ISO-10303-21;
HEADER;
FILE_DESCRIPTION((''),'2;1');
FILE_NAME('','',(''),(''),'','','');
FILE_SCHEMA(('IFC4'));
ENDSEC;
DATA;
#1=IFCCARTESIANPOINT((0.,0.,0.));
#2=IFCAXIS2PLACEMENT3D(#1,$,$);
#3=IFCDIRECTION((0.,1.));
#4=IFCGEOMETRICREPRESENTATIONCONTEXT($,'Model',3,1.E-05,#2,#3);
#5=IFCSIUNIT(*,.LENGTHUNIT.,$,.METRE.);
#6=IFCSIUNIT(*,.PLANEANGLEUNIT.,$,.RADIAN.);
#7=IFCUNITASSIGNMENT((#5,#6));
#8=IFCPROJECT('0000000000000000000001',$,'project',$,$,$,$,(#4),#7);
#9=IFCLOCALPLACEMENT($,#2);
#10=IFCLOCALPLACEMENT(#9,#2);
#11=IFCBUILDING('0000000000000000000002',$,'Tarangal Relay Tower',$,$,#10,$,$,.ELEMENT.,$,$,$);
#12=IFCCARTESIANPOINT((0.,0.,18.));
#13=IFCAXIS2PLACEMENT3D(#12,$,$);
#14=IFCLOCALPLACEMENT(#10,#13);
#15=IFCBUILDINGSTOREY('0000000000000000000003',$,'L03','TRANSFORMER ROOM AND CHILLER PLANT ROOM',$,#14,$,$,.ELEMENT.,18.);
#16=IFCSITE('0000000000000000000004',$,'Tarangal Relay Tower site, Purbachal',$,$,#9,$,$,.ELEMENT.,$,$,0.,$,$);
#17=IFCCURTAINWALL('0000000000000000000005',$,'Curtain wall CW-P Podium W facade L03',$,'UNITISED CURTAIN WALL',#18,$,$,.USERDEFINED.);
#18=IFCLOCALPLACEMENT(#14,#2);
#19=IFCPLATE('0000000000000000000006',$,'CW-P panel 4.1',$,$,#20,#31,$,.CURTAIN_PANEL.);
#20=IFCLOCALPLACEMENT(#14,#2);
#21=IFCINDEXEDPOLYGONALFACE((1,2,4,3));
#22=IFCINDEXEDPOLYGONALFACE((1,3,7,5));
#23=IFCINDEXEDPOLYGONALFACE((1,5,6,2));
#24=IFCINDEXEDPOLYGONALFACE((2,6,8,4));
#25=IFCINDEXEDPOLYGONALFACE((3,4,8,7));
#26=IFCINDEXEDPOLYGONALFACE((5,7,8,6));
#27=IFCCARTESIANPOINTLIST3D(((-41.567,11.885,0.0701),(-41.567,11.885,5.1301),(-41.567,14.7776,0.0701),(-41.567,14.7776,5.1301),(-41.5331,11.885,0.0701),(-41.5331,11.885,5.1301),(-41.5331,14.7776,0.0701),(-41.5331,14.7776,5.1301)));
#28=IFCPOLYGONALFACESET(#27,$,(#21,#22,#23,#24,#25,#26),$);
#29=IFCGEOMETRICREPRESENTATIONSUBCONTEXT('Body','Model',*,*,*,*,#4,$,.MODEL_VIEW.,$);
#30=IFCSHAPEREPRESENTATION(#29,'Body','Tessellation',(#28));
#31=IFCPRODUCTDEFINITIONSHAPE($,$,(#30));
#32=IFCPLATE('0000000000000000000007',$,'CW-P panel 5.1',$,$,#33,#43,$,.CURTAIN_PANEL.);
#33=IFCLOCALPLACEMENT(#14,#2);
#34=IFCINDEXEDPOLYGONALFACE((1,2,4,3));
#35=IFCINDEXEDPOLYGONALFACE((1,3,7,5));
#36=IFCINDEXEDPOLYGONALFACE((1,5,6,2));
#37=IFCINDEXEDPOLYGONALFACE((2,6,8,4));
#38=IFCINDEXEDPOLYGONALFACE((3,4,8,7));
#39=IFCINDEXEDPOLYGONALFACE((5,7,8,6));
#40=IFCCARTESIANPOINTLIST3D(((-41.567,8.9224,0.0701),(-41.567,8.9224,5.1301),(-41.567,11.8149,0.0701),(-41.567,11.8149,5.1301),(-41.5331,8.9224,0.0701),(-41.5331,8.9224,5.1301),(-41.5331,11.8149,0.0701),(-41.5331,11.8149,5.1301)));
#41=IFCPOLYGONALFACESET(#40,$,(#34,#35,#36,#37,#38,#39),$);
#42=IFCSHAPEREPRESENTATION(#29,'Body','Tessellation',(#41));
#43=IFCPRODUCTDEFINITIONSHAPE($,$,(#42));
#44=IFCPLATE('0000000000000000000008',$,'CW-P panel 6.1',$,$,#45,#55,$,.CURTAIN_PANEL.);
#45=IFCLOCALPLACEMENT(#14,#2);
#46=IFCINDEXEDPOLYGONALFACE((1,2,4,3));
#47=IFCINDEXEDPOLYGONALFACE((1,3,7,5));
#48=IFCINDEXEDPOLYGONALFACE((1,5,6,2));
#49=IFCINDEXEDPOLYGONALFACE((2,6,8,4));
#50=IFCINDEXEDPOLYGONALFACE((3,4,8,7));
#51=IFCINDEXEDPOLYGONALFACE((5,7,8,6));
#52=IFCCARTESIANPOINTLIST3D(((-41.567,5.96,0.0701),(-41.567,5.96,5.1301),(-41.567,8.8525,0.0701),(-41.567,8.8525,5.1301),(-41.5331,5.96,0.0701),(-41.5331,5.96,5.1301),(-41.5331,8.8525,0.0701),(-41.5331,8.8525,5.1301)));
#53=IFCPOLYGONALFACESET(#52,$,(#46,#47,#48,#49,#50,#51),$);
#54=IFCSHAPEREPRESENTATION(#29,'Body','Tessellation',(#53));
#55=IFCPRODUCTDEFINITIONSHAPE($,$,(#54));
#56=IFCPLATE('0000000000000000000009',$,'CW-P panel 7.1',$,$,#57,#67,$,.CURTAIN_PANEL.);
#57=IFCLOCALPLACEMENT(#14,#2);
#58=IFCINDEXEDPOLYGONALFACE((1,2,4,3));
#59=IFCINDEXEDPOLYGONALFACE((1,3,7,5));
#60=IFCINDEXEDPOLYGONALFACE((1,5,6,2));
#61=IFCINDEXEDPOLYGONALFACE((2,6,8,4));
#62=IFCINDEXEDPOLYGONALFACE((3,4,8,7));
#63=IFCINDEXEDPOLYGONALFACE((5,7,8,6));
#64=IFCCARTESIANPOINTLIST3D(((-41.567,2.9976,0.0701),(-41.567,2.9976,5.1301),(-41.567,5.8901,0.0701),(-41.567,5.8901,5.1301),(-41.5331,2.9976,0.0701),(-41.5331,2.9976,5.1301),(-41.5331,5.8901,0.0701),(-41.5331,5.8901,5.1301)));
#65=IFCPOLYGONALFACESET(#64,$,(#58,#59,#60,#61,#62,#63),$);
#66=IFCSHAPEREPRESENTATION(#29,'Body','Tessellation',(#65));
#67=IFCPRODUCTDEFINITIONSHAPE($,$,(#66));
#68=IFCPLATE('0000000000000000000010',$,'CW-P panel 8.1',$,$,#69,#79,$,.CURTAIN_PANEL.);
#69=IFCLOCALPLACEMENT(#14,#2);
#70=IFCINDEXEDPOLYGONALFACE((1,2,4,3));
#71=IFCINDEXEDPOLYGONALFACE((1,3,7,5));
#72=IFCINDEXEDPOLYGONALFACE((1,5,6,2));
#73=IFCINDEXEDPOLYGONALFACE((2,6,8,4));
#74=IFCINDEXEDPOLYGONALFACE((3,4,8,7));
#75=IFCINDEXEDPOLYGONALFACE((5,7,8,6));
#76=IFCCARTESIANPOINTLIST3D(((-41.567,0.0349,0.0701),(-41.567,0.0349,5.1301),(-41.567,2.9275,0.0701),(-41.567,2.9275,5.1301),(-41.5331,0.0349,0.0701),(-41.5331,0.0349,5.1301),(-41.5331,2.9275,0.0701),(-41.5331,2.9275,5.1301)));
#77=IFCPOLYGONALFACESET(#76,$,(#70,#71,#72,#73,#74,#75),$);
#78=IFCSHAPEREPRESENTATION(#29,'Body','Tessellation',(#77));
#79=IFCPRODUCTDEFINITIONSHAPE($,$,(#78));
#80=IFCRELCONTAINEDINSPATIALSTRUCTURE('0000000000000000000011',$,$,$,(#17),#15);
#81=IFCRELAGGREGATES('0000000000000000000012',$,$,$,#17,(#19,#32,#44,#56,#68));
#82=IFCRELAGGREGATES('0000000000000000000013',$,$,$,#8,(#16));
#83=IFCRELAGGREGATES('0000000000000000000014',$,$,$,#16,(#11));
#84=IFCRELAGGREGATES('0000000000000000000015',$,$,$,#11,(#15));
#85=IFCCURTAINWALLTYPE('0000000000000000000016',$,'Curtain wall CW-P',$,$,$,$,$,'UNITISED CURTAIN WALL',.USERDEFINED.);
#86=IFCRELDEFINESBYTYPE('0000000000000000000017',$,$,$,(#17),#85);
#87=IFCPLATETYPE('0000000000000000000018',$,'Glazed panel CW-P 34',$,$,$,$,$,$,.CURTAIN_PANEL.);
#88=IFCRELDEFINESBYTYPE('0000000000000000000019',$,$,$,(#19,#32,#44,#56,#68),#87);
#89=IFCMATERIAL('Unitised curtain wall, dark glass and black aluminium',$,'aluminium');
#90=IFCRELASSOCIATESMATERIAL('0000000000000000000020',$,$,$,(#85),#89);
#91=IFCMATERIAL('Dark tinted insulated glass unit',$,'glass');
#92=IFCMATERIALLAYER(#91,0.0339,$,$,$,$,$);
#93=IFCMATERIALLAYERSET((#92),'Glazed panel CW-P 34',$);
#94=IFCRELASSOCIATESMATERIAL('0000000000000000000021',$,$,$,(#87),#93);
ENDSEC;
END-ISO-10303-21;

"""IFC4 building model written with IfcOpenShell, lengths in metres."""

from ifc_helpers import new_model, si_unit, direction, frame, origin, origin_2d, place, context, subcontext, project, spatial, rectangle, extrude, material, layer, layer_set, type_object, element, aggregate, save


model = new_model("IFC4")

# Units and contexts
model_context = context("Model", 3, precision=1e-05, world=origin(), true_north=direction((0.0, 1.0)))
body_context = subcontext(model_context, "Body", "Model", "MODEL_VIEW")
ifc_project = project(units=[si_unit("LENGTHUNIT", "METRE"), si_unit("PLANEANGLEUNIT", "RADIAN")], contexts=[model_context])

# Site, building, storey
site_placement = place(None, origin())
site = spatial("IfcSite", under=ifc_project, at=site_placement, Name="Tarangal Relay Tower site, Purbachal", CompositionType="ELEMENT", RefElevation=0.0)
building_placement = place(site_placement, origin())
building = spatial("IfcBuilding", under=site, at=building_placement, Name="Tarangal Relay Tower", CompositionType="ELEMENT")
storey_placement = place(building_placement, frame((0.0, 0.0, 18.0)))
storey = spatial("IfcBuildingStorey", under=building, at=storey_placement, Name="L03", Description="TRANSFORMER ROOM AND CHILLER PLANT ROOM", CompositionType="ELEMENT", Elevation=18.0)

# Curtain wall, plates
ifc_material_1 = material(Name="Unitised curtain wall, dark glass and black aluminium", Category="aluminium")
curtain_wall_type = type_object("IfcCurtainWallType", Name="Curtain wall CW-P", ElementType="UNITISED CURTAIN WALL", PredefinedType="USERDEFINED", material=ifc_material_1)
curtain_wall_placement = place(storey_placement, origin())
curtain_wall = element("IfcCurtainWall", 1, at=curtain_wall_placement, inside=storey, type_object=curtain_wall_type, Name="Curtain wall CW-P Podium W facade L03", ObjectType="UNITISED CURTAIN WALL", PredefinedType="USERDEFINED")
ifc_material_2 = material(Name="Dark tinted insulated glass unit", Category="glass")
ifc_layer = layer(ifc_material_2, 0.0339)
ifc_layer_set = layer_set([ifc_layer], Name="Glazed panel CW-P 34")
plate_type = type_object("IfcPlateType", Name="Glazed panel CW-P 34", PredefinedType="CURTAIN_PANEL", material=ifc_layer_set)
plate_1_placement = place(storey_placement, frame((-41.55, 13.3313, 0.0701), z_axis=(0.0, 0.0, 1.0), x_axis=(0.0, -1.0, 0.0)))
plate_1 = element("IfcPlate", 2, at=plate_1_placement, type_object=plate_type, Name="CW-P panel 4.1", PredefinedType="CURTAIN_PANEL", context=body_context, shape_type="SweptSolid", body=[
    extrude(rectangle(XDim=2.8926, YDim=0.0339, at=origin_2d()), origin(), (0.0, 0.0, 1.0), 5.0601),
])
plate_2_placement = place(storey_placement, frame((-41.55, 10.3687, 0.0701), z_axis=(0.0, 0.0, 1.0), x_axis=(0.0, -1.0, 0.0)))
plate_2 = element("IfcPlate", 3, at=plate_2_placement, type_object=plate_type, Name="CW-P panel 5.1", PredefinedType="CURTAIN_PANEL", context=body_context, shape_type="SweptSolid", body=[
    extrude(rectangle(XDim=2.8926, YDim=0.0339, at=origin_2d()), origin(), (0.0, 0.0, 1.0), 5.0601),
])
plate_3_placement = place(storey_placement, frame((-41.55, 7.4062, 0.0701), z_axis=(0.0, 0.0, 1.0), x_axis=(0.0, -1.0, 0.0)))
plate_3 = element("IfcPlate", 4, at=plate_3_placement, type_object=plate_type, Name="CW-P panel 6.1", PredefinedType="CURTAIN_PANEL", context=body_context, shape_type="SweptSolid", body=[
    extrude(rectangle(XDim=2.8926, YDim=0.0339, at=origin_2d()), origin(), (0.0, 0.0, 1.0), 5.0601),
])
plate_4_placement = place(storey_placement, frame((-41.55, 4.4438, 0.0701), z_axis=(0.0, 0.0, 1.0), x_axis=(0.0, -1.0, 0.0)))
plate_4 = element("IfcPlate", 5, at=plate_4_placement, type_object=plate_type, Name="CW-P panel 7.1", PredefinedType="CURTAIN_PANEL", context=body_context, shape_type="SweptSolid", body=[
    extrude(rectangle(XDim=2.8926, YDim=0.0339, at=origin_2d()), origin(), (0.0, 0.0, 1.0), 5.0601),
])
plate_5_placement = place(storey_placement, frame((-41.55, 1.4812, 0.0701), z_axis=(0.0, 0.0, 1.0), x_axis=(0.0, -1.0, 0.0)))
plate_5 = element("IfcPlate", 6, at=plate_5_placement, type_object=plate_type, Name="CW-P panel 8.1", PredefinedType="CURTAIN_PANEL", context=body_context, shape_type="SweptSolid", body=[
    extrude(rectangle(XDim=2.8926, YDim=0.0339, at=origin_2d()), origin(), (0.0, 0.0, 1.0), 5.0601),
])
aggregate(curtain_wall, [plate_1, plate_2, plate_3, plate_4, plate_5])

save(model, "model.ifc")
